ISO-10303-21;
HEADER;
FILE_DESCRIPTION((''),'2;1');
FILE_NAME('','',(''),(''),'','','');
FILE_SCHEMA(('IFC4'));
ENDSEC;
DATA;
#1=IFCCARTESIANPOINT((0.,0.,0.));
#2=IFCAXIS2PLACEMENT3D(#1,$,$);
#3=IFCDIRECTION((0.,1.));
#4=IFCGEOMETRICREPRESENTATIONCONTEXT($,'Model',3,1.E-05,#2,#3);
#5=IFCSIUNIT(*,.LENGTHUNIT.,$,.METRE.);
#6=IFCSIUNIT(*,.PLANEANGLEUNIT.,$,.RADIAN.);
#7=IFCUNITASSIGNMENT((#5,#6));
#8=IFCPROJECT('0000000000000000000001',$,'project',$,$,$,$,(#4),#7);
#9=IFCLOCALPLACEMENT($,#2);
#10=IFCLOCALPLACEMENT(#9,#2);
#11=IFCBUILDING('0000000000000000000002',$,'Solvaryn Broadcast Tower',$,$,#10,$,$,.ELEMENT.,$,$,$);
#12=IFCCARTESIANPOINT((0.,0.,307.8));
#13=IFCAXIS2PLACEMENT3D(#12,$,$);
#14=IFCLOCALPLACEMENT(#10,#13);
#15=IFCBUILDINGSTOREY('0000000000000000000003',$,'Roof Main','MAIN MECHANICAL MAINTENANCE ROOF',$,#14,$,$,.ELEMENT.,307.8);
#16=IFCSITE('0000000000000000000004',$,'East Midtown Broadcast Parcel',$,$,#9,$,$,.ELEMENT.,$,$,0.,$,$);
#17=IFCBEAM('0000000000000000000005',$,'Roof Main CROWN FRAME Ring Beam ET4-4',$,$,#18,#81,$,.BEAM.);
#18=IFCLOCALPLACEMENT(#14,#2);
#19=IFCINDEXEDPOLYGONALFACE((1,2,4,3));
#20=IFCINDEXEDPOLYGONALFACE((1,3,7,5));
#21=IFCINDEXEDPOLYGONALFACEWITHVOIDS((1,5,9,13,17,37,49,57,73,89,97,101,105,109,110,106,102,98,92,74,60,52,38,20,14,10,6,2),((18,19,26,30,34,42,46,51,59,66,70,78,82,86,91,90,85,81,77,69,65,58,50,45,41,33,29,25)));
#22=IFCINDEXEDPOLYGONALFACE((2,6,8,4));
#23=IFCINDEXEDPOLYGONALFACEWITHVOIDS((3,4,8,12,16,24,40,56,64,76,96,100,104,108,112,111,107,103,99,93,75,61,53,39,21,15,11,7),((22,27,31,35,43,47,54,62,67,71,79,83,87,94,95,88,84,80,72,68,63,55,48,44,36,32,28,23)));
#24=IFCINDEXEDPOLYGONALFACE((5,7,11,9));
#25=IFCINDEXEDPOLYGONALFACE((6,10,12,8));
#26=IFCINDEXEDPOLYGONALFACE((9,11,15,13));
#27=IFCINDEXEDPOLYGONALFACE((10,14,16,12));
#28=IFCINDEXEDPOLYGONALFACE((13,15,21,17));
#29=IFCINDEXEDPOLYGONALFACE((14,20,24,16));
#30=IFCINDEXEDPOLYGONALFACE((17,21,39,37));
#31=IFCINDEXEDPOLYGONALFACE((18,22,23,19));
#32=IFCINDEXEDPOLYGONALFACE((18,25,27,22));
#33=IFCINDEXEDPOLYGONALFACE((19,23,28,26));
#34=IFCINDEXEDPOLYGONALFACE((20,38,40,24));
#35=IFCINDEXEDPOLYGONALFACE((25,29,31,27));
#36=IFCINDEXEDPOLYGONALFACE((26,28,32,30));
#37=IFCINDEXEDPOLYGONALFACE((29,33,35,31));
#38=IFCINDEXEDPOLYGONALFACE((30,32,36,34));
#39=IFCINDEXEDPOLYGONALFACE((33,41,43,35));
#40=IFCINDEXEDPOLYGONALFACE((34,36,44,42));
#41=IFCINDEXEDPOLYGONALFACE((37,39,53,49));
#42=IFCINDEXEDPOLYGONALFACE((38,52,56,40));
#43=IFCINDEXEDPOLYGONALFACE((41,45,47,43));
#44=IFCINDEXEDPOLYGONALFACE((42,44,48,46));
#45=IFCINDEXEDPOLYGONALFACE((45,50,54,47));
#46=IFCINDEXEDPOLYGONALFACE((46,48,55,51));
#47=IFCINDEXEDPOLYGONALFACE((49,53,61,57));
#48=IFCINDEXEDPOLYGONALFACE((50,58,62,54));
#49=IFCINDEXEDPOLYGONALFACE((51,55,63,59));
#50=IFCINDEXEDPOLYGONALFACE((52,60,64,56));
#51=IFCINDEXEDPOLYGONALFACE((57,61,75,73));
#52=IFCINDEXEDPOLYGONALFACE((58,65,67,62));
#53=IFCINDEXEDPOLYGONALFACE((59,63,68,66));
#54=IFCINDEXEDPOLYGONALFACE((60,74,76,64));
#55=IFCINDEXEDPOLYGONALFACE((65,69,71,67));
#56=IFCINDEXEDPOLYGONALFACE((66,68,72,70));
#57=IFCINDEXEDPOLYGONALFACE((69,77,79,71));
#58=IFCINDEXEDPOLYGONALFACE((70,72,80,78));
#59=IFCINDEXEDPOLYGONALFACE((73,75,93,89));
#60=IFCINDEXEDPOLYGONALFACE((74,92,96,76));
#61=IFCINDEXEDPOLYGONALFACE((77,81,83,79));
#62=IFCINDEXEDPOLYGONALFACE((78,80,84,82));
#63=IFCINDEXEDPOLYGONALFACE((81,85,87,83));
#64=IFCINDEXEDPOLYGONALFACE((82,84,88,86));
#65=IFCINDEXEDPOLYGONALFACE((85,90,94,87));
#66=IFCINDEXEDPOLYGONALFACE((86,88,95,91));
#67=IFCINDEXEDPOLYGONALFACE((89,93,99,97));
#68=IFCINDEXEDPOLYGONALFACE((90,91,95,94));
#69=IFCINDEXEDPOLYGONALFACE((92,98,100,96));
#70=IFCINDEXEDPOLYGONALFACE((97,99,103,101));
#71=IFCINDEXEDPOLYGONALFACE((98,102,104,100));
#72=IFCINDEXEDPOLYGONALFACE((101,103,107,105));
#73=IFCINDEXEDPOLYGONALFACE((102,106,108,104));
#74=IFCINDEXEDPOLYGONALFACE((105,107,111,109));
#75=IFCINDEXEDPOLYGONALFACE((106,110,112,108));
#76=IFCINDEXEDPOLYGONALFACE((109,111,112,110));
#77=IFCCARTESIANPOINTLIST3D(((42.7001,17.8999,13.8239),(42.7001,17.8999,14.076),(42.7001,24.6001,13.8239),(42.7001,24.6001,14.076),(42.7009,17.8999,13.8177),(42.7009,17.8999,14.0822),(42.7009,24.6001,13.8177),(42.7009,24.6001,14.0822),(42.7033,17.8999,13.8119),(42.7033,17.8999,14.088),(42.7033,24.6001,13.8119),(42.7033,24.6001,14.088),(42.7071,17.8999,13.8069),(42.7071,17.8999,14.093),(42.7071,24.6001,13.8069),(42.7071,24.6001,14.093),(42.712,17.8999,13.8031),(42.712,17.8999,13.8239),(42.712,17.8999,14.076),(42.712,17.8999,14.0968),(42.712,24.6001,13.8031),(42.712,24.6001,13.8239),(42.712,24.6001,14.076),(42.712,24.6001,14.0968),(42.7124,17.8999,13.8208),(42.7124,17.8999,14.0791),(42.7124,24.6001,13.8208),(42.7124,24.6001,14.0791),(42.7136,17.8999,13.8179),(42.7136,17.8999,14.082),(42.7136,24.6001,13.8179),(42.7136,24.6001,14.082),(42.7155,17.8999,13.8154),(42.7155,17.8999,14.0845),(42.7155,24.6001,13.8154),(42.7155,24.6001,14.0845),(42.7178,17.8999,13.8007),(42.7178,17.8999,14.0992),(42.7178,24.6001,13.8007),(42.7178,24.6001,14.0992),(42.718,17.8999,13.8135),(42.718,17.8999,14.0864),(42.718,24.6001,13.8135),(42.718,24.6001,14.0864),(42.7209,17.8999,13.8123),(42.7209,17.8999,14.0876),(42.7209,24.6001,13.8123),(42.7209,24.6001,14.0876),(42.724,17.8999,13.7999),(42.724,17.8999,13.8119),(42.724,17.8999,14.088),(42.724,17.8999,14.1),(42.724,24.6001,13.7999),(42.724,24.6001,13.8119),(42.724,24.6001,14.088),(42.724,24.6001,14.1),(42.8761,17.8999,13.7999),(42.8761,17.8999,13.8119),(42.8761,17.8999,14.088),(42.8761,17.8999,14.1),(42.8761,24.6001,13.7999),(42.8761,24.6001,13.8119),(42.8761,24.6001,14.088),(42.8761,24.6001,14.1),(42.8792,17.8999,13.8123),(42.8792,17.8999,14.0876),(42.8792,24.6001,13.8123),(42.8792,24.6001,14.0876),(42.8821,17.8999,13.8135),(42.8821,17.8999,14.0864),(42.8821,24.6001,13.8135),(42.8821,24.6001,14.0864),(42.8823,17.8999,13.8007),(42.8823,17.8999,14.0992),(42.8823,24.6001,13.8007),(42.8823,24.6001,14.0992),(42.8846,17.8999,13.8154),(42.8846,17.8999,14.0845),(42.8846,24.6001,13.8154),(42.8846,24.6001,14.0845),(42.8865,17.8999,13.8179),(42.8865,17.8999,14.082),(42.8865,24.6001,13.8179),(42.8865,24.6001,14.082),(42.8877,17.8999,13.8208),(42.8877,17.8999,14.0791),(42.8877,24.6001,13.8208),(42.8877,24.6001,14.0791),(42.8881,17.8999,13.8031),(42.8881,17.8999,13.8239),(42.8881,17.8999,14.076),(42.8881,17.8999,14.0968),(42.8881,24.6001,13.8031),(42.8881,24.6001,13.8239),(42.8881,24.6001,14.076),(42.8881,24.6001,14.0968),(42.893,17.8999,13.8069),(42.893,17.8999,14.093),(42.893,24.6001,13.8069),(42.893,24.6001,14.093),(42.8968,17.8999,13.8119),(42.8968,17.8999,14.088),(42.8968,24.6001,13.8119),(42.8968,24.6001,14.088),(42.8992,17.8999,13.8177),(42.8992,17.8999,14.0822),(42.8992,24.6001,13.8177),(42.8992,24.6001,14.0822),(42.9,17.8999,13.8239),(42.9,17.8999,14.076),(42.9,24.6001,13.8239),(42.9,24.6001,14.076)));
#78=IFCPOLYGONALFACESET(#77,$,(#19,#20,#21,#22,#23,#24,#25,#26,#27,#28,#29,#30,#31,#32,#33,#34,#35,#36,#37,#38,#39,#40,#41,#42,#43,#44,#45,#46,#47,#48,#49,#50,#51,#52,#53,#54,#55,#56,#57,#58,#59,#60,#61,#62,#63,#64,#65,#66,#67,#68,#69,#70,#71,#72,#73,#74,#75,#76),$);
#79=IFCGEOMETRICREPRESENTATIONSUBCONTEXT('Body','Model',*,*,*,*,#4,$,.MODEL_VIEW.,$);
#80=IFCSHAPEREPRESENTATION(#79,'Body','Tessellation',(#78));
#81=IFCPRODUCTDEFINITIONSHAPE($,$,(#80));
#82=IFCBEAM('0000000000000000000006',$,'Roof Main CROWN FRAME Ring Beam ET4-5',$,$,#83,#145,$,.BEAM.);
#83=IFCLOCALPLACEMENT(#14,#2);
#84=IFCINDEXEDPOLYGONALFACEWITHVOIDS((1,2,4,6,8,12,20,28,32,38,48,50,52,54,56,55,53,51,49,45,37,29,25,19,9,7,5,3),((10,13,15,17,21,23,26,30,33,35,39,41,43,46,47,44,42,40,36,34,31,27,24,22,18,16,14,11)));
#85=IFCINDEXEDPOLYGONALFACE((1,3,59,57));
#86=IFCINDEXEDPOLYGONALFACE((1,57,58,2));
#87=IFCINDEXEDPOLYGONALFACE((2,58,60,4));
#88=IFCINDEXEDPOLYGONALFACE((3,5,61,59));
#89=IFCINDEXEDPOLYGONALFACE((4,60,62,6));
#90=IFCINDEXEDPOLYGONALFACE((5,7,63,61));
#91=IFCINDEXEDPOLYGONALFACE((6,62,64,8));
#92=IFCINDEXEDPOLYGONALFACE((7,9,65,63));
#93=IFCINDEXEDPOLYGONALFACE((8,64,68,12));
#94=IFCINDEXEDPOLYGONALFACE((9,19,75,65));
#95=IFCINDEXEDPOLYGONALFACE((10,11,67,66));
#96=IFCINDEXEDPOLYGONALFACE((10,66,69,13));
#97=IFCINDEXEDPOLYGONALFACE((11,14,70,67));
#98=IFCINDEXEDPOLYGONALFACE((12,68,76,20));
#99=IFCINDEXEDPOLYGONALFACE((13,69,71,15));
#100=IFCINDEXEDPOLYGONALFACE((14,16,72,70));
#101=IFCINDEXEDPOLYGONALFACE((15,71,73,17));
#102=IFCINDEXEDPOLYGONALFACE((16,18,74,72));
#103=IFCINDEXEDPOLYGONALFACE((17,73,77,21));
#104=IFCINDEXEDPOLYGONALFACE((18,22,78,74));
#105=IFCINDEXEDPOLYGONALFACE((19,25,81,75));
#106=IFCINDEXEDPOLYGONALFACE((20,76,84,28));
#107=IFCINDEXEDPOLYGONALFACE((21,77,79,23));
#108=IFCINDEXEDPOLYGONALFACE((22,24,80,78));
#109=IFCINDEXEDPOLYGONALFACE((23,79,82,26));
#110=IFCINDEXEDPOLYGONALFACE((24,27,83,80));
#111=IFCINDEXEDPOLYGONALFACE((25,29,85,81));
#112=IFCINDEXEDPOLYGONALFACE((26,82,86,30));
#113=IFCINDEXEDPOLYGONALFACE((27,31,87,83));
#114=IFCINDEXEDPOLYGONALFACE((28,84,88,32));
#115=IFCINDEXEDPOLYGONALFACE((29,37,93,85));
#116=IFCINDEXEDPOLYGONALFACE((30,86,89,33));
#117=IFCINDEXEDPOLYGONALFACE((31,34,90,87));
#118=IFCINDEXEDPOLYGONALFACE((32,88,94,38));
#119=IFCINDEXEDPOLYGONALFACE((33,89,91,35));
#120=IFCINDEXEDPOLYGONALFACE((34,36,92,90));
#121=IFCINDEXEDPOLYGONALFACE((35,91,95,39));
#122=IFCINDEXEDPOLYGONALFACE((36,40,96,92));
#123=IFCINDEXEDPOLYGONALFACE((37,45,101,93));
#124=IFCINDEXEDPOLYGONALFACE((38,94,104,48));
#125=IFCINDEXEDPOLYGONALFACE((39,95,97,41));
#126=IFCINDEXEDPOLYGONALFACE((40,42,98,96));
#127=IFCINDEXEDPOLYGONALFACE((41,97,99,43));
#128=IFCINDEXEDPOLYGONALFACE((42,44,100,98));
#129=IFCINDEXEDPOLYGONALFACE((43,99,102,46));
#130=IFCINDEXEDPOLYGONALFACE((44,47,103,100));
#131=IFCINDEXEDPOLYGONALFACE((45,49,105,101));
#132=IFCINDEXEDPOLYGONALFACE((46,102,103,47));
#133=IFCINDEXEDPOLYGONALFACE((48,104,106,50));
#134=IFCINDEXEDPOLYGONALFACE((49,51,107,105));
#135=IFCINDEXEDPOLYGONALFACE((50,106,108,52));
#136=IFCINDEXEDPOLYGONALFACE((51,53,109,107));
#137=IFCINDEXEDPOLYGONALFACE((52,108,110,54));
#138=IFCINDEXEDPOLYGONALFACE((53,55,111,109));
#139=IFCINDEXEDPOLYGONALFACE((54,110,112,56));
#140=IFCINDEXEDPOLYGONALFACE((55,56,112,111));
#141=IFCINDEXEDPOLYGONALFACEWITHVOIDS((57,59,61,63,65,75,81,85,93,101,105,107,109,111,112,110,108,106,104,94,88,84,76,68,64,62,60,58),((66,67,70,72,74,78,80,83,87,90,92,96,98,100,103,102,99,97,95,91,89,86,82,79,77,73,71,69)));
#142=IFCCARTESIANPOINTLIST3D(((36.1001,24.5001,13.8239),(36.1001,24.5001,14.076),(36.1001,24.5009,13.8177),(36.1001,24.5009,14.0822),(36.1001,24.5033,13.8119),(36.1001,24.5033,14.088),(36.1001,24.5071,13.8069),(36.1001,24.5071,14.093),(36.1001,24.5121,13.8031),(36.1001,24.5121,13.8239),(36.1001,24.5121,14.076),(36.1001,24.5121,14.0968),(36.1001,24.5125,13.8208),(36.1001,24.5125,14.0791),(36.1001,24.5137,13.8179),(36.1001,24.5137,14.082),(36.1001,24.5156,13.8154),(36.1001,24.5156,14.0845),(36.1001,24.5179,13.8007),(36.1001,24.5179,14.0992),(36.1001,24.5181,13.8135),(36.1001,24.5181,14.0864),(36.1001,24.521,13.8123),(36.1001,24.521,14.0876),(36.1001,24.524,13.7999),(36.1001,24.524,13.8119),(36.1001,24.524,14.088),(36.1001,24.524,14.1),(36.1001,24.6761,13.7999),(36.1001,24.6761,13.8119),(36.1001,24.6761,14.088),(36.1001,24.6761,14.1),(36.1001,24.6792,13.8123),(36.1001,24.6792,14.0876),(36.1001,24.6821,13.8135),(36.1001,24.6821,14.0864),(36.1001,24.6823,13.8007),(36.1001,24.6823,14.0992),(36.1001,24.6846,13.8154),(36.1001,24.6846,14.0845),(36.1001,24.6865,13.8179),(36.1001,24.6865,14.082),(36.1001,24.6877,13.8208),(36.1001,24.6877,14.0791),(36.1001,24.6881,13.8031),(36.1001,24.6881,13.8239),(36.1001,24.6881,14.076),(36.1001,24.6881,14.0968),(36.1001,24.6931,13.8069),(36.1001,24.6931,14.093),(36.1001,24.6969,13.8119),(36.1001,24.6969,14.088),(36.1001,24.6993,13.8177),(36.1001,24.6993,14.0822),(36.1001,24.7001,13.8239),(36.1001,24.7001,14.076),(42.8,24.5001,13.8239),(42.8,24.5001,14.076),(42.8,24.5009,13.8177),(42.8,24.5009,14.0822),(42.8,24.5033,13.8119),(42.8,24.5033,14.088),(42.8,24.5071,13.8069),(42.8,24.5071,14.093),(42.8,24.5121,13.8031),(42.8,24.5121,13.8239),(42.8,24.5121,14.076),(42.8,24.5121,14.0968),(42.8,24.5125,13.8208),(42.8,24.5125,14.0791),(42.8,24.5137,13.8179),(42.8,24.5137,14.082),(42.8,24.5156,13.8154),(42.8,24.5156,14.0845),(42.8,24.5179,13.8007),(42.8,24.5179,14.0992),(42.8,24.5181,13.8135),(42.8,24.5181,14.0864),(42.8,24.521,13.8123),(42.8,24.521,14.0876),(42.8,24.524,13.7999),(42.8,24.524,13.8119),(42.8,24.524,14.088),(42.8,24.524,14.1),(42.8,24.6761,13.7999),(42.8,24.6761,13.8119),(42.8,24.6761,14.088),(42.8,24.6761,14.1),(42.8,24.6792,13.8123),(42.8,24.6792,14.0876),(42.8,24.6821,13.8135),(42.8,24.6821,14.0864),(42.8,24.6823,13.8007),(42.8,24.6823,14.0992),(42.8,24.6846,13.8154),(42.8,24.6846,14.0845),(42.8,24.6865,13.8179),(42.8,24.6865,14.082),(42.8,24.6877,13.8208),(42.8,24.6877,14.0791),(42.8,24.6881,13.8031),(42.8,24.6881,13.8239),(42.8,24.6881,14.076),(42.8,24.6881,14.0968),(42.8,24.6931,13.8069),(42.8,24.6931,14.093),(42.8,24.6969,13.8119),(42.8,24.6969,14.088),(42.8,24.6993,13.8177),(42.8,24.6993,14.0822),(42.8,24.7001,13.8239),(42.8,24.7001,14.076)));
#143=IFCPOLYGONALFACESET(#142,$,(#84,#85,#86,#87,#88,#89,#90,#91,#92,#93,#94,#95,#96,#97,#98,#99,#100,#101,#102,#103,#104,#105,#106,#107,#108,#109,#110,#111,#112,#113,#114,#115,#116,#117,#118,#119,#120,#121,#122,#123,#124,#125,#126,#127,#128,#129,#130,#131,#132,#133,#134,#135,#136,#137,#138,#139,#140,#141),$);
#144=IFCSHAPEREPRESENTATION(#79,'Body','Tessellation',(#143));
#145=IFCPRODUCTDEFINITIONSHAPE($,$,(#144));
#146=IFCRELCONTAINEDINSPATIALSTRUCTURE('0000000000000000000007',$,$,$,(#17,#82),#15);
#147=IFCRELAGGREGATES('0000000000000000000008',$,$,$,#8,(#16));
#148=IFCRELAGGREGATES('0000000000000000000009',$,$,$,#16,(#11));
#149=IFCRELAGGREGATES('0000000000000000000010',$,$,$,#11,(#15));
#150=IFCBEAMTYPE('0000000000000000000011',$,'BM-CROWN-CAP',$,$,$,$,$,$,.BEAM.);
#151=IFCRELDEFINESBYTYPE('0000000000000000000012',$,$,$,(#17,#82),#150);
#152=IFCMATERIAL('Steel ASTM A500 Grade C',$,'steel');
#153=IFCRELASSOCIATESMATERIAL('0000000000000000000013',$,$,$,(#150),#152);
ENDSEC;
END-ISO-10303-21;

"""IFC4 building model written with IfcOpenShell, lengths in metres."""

from ifc_helpers import new_model, si_unit, direction, frame, origin, origin_2d, place, context, subcontext, project, spatial, hollow_rectangle, extrude, material, material_profile, profile_set, type_object, element, save


model = new_model("IFC4")

# Units and contexts
model_context = context("Model", 3, precision=1e-05, world=origin(), true_north=direction((0.0, 1.0)))
body_context = subcontext(model_context, "Body", "Model", "MODEL_VIEW")
ifc_project = project(units=[si_unit("LENGTHUNIT", "METRE"), si_unit("PLANEANGLEUNIT", "RADIAN")], contexts=[model_context])

# Site, building, storey
site_placement = place(None, origin())
site = spatial("IfcSite", under=ifc_project, at=site_placement, Name="East Midtown Broadcast Parcel", CompositionType="ELEMENT", RefElevation=0.0)
building_placement = place(site_placement, origin())
building = spatial("IfcBuilding", under=site, at=building_placement, Name="Solvaryn Broadcast Tower", CompositionType="ELEMENT")
storey_placement = place(building_placement, frame((0.0, 0.0, 307.8)))
storey = spatial("IfcBuildingStorey", under=building, at=storey_placement, Name="Roof Main", Description="MAIN MECHANICAL MAINTENANCE ROOF", CompositionType="ELEMENT", Elevation=307.8)

# Beams
ifc_material_1 = material(Name="Steel ASTM A500 Grade C", Category="steel")
ifc_material_profile_1 = material_profile(ifc_material_1, hollow_rectangle(XDim=0.2, YDim=0.3, WallThickness=0.012, InnerFilletRadius=0.012, OuterFilletRadius=0.0239, at=origin_2d()))
ifc_profile_set_1 = profile_set([ifc_material_profile_1], Name="Steel ASTM A500 Grade C")
beam_type_1 = type_object("IfcBeamType", Name="BM-CROWN-CAP", PredefinedType="BEAM", material=ifc_profile_set_1)
beam_1_placement = place(storey_placement, frame((42.8, 17.8999, 13.95), z_axis=(0.0, 1.0, 0.0), x_axis=(-1.0, 0.0, 0.0)))
element("IfcBeam", 1, at=beam_1_placement, inside=storey, type_object=beam_type_1, Name="Roof Main CROWN FRAME Ring Beam ET4-4", PredefinedType="BEAM", context=body_context, shape_type="SweptSolid", body=[
    extrude(hollow_rectangle(XDim=0.2, YDim=0.3, WallThickness=0.012, InnerFilletRadius=0.012, OuterFilletRadius=0.0239, at=origin_2d()), origin(), (0.0, 0.0, 1.0), 6.7002),
])
beam_2_placement = place(storey_placement, frame((42.8, 24.6001, 13.95), z_axis=(-1.0, 0.0, 0.0), x_axis=(0.0, -1.0, 0.0)))
element("IfcBeam", 2, at=beam_2_placement, inside=storey, type_object=beam_type_1, Name="Roof Main CROWN FRAME Ring Beam ET4-5", PredefinedType="BEAM", context=body_context, shape_type="SweptSolid", body=[
    extrude(hollow_rectangle(XDim=0.2, YDim=0.3, WallThickness=0.012, InnerFilletRadius=0.012, OuterFilletRadius=0.0239, at=origin_2d()), origin(), (0.0, 0.0, 1.0), 6.7),
])

save(model, "model.ifc")
